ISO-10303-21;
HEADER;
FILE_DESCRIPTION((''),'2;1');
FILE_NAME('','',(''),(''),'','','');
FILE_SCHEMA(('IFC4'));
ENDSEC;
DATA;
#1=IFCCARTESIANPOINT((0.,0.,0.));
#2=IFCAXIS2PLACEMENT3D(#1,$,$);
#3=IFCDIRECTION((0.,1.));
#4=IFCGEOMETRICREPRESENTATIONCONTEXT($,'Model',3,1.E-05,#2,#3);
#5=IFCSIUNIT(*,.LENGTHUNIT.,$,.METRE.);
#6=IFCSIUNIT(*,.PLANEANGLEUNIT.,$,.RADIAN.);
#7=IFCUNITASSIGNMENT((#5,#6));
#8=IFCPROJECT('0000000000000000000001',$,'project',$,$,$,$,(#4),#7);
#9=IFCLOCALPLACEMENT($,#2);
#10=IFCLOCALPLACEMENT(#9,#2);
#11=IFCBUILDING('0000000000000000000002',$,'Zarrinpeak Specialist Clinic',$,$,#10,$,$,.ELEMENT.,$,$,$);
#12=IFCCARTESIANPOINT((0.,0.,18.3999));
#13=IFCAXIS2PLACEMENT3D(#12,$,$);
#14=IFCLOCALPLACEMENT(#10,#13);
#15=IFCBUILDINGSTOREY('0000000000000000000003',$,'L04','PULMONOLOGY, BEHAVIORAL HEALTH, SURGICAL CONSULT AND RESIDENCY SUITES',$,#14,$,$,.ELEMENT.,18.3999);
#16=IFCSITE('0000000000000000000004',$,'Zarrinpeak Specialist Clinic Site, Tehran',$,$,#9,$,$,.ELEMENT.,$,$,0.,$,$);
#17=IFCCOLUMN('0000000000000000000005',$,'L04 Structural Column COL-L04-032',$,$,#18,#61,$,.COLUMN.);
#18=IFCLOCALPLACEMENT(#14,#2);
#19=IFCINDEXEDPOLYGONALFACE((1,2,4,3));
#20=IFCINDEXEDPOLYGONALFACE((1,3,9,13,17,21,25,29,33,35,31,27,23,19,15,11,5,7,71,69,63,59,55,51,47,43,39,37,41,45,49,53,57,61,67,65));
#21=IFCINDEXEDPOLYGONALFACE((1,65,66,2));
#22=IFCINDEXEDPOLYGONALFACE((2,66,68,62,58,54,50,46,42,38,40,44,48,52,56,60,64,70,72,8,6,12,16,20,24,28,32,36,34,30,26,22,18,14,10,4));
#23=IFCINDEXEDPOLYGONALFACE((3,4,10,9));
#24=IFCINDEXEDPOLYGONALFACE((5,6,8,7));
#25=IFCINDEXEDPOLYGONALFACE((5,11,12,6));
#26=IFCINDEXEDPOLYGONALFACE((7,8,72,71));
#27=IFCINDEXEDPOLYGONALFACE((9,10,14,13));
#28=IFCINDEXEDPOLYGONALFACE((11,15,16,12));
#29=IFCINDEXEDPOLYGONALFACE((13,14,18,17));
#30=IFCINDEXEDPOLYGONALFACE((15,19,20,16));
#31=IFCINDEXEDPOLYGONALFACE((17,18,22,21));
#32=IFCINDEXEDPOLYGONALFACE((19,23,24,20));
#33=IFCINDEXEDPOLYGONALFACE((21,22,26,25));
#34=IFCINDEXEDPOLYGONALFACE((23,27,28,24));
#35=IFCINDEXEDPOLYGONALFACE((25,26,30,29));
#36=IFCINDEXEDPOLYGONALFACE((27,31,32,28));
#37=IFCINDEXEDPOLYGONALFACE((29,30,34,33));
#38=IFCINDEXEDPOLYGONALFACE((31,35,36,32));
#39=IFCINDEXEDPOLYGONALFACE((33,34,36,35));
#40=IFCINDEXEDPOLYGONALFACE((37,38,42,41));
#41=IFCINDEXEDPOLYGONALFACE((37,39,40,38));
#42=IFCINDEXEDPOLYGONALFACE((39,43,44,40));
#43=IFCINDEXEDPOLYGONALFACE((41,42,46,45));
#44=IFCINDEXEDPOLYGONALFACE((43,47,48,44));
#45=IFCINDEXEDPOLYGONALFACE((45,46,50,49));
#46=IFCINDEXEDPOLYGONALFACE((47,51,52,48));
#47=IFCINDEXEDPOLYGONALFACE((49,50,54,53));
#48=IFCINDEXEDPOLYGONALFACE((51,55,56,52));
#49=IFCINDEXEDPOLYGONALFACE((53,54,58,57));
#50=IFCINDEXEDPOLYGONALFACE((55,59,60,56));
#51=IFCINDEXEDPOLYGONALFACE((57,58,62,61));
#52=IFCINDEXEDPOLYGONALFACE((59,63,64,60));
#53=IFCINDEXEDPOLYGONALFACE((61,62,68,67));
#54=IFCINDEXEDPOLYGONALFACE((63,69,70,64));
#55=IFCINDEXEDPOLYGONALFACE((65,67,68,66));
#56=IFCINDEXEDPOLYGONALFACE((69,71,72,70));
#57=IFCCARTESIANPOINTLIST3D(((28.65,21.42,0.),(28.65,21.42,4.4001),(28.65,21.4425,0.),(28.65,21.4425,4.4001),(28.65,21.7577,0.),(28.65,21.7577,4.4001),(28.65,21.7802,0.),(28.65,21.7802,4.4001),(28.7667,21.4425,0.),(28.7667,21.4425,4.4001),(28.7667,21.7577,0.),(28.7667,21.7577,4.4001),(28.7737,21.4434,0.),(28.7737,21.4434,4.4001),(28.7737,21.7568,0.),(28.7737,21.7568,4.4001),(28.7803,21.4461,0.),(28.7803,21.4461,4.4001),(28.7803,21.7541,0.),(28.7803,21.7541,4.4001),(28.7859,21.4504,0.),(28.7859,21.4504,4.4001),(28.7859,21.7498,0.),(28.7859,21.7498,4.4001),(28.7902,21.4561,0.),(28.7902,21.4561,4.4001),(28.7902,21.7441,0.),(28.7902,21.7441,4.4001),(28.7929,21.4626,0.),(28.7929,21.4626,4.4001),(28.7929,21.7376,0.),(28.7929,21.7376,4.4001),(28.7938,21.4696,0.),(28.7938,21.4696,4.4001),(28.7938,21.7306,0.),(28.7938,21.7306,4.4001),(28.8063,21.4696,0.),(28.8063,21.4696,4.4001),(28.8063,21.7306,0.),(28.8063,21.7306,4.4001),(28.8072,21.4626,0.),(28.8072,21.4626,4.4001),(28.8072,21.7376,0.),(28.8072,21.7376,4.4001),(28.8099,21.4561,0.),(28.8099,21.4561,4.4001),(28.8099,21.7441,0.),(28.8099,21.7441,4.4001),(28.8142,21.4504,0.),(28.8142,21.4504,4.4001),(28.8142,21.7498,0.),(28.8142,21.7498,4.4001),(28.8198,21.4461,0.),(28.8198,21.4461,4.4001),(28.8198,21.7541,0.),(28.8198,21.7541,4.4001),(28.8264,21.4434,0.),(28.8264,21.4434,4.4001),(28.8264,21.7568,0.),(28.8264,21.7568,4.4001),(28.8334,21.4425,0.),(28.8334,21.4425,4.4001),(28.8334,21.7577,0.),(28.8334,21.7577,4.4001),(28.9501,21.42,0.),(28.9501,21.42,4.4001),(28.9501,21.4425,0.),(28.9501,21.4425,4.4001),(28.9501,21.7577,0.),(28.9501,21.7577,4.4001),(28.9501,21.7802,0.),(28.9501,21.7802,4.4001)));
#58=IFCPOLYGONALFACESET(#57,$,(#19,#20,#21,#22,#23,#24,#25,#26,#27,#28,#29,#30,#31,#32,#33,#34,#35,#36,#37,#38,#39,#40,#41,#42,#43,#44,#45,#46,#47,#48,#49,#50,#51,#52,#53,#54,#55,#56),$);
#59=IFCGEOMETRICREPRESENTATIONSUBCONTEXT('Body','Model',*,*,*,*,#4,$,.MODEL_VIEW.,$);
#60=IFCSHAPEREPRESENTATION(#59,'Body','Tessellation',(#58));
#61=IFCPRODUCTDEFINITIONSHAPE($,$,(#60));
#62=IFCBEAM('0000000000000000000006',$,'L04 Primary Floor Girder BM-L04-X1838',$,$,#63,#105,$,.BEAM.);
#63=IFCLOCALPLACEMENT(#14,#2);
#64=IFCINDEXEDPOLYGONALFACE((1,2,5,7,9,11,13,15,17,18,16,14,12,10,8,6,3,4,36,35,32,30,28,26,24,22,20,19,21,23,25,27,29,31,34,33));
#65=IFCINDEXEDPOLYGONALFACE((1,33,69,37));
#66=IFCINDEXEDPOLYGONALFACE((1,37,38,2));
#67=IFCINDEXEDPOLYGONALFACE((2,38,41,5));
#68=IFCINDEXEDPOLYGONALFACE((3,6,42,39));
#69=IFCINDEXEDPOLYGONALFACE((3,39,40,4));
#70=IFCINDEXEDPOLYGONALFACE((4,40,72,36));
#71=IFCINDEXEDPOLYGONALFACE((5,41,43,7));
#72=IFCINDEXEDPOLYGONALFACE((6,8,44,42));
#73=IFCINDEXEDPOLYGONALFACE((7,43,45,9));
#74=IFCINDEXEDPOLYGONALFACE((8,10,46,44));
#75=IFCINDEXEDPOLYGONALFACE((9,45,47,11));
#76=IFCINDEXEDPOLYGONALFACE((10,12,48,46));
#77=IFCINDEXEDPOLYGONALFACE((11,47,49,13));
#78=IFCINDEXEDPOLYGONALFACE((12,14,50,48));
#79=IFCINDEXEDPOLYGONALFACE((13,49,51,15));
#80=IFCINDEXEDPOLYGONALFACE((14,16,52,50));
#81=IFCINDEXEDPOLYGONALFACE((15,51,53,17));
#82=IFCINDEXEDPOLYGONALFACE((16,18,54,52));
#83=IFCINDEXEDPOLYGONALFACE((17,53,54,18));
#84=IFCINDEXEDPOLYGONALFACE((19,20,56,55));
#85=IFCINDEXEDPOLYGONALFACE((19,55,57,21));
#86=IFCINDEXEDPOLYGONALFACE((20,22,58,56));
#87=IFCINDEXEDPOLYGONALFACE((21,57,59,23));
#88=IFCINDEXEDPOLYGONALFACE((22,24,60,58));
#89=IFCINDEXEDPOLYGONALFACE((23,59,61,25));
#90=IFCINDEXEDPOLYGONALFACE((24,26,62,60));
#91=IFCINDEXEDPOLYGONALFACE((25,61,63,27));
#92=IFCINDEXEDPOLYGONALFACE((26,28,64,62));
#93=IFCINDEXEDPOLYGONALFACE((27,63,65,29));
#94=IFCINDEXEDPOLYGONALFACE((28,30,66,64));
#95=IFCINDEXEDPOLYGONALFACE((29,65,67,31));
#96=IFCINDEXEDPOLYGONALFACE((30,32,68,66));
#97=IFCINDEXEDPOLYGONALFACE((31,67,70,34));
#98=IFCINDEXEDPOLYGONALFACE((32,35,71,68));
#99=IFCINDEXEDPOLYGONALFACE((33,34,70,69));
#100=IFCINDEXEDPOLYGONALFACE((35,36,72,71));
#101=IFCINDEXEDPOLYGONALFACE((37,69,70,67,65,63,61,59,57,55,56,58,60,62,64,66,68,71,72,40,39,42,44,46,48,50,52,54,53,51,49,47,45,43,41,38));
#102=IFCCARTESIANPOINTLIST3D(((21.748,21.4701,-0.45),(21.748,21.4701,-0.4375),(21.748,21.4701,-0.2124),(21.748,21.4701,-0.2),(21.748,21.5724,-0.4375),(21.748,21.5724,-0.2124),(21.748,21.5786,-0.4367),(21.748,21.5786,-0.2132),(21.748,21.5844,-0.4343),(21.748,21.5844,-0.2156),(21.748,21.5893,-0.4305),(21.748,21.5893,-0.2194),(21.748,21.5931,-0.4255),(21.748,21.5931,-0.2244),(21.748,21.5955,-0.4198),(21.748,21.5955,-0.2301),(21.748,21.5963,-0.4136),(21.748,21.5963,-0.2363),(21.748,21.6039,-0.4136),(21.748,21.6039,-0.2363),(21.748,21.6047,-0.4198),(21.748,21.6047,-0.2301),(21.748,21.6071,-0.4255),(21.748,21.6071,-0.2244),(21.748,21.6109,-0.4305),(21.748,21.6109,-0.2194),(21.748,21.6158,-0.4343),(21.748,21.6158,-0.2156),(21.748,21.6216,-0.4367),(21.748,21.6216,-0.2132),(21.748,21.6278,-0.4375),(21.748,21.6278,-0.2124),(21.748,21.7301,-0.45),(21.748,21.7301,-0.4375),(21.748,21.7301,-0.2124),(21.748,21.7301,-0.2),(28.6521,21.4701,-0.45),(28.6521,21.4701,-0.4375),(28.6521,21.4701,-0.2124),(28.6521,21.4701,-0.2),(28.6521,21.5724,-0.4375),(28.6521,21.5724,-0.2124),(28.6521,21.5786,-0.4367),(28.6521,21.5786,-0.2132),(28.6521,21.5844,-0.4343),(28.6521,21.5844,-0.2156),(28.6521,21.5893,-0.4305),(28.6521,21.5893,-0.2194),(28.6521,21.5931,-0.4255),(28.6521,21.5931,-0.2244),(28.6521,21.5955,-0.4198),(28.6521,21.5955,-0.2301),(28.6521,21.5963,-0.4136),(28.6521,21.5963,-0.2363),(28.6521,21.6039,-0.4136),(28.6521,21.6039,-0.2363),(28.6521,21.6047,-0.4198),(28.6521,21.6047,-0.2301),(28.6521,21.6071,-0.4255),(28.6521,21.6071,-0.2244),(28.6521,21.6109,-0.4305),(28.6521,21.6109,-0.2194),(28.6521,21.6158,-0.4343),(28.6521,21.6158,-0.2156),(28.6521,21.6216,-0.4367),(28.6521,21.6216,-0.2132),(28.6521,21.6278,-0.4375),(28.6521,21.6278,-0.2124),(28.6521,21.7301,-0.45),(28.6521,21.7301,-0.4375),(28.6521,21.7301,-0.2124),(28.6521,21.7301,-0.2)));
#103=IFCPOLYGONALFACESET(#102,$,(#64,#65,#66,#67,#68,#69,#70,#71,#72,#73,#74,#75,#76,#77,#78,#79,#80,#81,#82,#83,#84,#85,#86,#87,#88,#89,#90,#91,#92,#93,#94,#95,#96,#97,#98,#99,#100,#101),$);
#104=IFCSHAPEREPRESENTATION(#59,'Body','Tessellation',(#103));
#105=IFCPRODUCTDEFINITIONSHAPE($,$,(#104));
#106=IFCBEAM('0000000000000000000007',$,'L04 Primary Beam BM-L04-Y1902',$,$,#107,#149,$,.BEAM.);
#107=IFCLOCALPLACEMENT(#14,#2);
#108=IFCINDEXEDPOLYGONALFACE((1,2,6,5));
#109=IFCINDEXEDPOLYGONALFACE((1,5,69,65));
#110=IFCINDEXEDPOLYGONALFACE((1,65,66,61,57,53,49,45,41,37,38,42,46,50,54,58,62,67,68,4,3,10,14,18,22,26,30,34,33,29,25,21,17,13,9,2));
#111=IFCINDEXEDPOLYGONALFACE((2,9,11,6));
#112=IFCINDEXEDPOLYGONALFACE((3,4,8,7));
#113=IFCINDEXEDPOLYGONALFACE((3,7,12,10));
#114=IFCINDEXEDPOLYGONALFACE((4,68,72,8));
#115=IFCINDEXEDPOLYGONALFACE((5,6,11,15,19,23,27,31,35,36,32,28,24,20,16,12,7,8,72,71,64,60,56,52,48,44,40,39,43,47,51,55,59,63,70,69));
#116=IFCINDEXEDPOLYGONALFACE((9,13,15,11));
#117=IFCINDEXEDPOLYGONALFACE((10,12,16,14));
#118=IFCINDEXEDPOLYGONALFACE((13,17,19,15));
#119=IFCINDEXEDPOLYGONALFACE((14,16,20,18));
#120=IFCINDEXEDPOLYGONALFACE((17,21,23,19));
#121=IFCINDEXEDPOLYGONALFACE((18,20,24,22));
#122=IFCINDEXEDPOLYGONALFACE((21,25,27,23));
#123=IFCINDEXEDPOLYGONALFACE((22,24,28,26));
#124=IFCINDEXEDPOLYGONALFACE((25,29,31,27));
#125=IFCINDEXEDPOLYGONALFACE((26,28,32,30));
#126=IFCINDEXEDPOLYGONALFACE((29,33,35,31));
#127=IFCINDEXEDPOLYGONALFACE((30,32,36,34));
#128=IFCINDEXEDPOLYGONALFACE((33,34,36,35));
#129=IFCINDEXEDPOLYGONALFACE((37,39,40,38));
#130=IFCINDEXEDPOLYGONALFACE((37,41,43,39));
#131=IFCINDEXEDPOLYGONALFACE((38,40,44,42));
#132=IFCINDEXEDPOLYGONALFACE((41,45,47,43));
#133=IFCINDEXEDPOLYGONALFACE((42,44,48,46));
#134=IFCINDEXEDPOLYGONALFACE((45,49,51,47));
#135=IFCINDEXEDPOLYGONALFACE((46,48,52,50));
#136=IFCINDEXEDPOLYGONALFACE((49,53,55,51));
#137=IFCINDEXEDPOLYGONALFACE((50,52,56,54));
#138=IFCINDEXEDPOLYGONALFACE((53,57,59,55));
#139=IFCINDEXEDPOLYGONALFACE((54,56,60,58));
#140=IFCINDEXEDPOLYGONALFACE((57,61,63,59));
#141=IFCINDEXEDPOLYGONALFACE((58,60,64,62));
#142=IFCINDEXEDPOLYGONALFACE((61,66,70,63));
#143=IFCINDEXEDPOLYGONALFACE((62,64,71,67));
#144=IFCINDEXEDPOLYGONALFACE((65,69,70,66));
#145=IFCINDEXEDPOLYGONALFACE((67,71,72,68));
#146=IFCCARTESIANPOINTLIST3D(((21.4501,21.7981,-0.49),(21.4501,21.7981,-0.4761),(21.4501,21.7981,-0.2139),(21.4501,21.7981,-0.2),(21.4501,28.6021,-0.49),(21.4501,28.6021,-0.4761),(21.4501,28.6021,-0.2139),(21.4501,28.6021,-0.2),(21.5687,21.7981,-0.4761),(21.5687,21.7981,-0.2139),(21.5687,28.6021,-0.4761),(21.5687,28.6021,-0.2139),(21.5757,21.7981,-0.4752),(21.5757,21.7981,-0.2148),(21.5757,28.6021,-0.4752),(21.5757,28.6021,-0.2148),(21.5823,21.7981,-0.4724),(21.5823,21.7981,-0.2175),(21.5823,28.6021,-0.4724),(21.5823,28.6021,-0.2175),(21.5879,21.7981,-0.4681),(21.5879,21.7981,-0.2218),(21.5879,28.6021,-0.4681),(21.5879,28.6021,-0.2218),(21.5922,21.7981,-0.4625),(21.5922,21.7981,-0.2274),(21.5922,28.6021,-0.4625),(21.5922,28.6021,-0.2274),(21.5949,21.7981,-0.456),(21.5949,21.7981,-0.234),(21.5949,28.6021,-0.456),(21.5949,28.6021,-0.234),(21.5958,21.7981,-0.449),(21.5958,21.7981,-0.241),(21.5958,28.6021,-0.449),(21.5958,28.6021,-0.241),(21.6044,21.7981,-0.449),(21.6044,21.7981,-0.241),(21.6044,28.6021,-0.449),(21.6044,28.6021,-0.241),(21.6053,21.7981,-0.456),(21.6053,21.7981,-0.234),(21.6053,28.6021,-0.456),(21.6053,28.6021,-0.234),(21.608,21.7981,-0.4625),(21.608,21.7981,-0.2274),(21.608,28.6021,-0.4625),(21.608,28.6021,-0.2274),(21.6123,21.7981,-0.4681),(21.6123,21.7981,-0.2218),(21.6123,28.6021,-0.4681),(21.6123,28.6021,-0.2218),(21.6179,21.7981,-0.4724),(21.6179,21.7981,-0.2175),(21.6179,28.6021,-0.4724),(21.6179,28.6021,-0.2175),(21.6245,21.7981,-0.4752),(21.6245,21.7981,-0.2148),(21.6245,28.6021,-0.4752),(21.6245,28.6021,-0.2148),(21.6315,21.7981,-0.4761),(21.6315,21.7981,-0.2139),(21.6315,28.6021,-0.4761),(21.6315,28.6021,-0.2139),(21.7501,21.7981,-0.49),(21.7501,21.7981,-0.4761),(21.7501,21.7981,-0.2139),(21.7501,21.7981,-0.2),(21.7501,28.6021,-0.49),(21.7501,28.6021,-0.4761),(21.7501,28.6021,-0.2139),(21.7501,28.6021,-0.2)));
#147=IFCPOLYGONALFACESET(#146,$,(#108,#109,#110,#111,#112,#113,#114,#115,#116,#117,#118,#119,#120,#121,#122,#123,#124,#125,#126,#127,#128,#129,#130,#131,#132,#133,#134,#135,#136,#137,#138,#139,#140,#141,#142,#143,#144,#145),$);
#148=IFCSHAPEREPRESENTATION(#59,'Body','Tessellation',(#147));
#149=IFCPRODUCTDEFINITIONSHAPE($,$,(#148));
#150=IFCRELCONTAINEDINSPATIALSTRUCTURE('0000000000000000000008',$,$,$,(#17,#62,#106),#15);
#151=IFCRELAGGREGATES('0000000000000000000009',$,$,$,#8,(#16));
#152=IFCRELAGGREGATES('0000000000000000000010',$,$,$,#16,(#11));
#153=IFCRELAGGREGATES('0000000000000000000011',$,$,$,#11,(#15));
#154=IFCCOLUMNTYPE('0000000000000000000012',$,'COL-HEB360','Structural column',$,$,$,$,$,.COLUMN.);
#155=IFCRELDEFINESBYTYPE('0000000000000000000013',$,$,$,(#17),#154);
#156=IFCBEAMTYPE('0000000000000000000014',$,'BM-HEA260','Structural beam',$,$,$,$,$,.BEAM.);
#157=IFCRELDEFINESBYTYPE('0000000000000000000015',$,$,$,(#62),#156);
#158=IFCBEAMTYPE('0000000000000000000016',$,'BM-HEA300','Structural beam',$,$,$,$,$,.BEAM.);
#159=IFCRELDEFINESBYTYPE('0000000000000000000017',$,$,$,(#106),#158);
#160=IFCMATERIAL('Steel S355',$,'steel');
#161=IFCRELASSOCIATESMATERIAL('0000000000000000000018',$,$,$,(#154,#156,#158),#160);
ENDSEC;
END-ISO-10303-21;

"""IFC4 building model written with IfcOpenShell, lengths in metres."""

from ifc_helpers import new_model, si_unit, direction, frame, origin, origin_2d, place, context, subcontext, project, spatial, i_section, extrude, material, material_profile, profile_set, type_object, element, save


model = new_model("IFC4")

# Units and contexts
model_context = context("Model", 3, precision=1e-05, world=origin(), true_north=direction((0.0, 1.0)))
body_context = subcontext(model_context, "Body", "Model", "MODEL_VIEW")
ifc_project = project(units=[si_unit("LENGTHUNIT", "METRE"), si_unit("PLANEANGLEUNIT", "RADIAN")], contexts=[model_context])

# Site, building, storey
site_placement = place(None, origin())
site = spatial("IfcSite", under=ifc_project, at=site_placement, Name="Zarrinpeak Specialist Clinic Site, Tehran", CompositionType="ELEMENT", RefElevation=0.0)
building_placement = place(site_placement, origin())
building = spatial("IfcBuilding", under=site, at=building_placement, Name="Zarrinpeak Specialist Clinic", CompositionType="ELEMENT")
storey_placement = place(building_placement, frame((0.0, 0.0, 18.3999)))
storey = spatial("IfcBuildingStorey", under=building, at=storey_placement, Name="L04", Description="PULMONOLOGY, BEHAVIORAL HEALTH, SURGICAL CONSULT AND RESIDENCY SUITES", CompositionType="ELEMENT", Elevation=18.3999)

# Column
ifc_material_1 = material(Name="Steel S355", Category="steel")
ifc_material_profile_1 = material_profile(ifc_material_1, i_section(OverallWidth=0.3, OverallDepth=0.3601, WebThickness=0.0125, FlangeThickness=0.0225, FilletRadius=0.0271, at=origin_2d()), Name="HEB 360")
ifc_profile_set_1 = profile_set([ifc_material_profile_1], Name="Steel S355")
column_type = type_object("IfcColumnType", Name="COL-HEB360", Description="Structural column", PredefinedType="COLUMN", material=ifc_profile_set_1)
column_placement = place(storey_placement, frame((28.8, 21.6001, 0.0), z_axis=(0.0, 0.0, 1.0), x_axis=(1.0, 0.0, 0.0)))
element("IfcColumn", 1, at=column_placement, inside=storey, type_object=column_type, Name="L04 Structural Column COL-L04-032", PredefinedType="COLUMN", context=body_context, shape_type="SweptSolid", body=[
    extrude(i_section(OverallWidth=0.3, OverallDepth=0.3601, WebThickness=0.0125, FlangeThickness=0.0225, FilletRadius=0.0271, at=origin_2d()), origin(), (0.0, 0.0, 1.0), 4.4001),
])

# Beams
ifc_material_profile_2 = material_profile(ifc_material_1, i_section(OverallWidth=0.26, OverallDepth=0.25, WebThickness=0.0076, FlangeThickness=0.0125, FilletRadius=0.0239, at=origin_2d()), Name="HEA 260")
ifc_profile_set_2 = profile_set([ifc_material_profile_2], Name="Steel S355")
beam_type_1 = type_object("IfcBeamType", Name="BM-HEA260", Description="Structural beam", PredefinedType="BEAM", material=ifc_profile_set_2)
beam_1_placement = place(storey_placement, frame((21.748, 21.6001, -0.325), z_axis=(1.0, 0.0, 0.0), x_axis=(0.0, 1.0, 0.0)))
element("IfcBeam", 2, at=beam_1_placement, inside=storey, type_object=beam_type_1, Name="L04 Primary Floor Girder BM-L04-X1838", PredefinedType="BEAM", context=body_context, shape_type="SweptSolid", body=[
    extrude(i_section(OverallWidth=0.26, OverallDepth=0.25, WebThickness=0.0076, FlangeThickness=0.0125, FilletRadius=0.0239, at=origin_2d()), origin(), (0.0, 0.0, 1.0), 6.9041),
])
ifc_material_profile_3 = material_profile(ifc_material_1, i_section(OverallWidth=0.3, OverallDepth=0.29, WebThickness=0.0085, FlangeThickness=0.0139, FilletRadius=0.0271, at=origin_2d()), Name="HEA 300")
ifc_profile_set_3 = profile_set([ifc_material_profile_3], Name="Steel S355")
beam_type_2 = type_object("IfcBeamType", Name="BM-HEA300", Description="Structural beam", PredefinedType="BEAM", material=ifc_profile_set_3)
beam_2_placement = place(storey_placement, frame((21.6001, 21.7981, -0.345), z_axis=(0.0, 1.0, 0.0), x_axis=(-1.0, 0.0, 0.0)))
element("IfcBeam", 3, at=beam_2_placement, inside=storey, type_object=beam_type_2, Name="L04 Primary Beam BM-L04-Y1902", PredefinedType="BEAM", context=body_context, shape_type="SweptSolid", body=[
    extrude(i_section(OverallWidth=0.3, OverallDepth=0.29, WebThickness=0.0085, FlangeThickness=0.0139, FilletRadius=0.0271, at=origin_2d()), origin(), (0.0, 0.0, 1.0), 6.804),
])

save(model, "model.ifc")
